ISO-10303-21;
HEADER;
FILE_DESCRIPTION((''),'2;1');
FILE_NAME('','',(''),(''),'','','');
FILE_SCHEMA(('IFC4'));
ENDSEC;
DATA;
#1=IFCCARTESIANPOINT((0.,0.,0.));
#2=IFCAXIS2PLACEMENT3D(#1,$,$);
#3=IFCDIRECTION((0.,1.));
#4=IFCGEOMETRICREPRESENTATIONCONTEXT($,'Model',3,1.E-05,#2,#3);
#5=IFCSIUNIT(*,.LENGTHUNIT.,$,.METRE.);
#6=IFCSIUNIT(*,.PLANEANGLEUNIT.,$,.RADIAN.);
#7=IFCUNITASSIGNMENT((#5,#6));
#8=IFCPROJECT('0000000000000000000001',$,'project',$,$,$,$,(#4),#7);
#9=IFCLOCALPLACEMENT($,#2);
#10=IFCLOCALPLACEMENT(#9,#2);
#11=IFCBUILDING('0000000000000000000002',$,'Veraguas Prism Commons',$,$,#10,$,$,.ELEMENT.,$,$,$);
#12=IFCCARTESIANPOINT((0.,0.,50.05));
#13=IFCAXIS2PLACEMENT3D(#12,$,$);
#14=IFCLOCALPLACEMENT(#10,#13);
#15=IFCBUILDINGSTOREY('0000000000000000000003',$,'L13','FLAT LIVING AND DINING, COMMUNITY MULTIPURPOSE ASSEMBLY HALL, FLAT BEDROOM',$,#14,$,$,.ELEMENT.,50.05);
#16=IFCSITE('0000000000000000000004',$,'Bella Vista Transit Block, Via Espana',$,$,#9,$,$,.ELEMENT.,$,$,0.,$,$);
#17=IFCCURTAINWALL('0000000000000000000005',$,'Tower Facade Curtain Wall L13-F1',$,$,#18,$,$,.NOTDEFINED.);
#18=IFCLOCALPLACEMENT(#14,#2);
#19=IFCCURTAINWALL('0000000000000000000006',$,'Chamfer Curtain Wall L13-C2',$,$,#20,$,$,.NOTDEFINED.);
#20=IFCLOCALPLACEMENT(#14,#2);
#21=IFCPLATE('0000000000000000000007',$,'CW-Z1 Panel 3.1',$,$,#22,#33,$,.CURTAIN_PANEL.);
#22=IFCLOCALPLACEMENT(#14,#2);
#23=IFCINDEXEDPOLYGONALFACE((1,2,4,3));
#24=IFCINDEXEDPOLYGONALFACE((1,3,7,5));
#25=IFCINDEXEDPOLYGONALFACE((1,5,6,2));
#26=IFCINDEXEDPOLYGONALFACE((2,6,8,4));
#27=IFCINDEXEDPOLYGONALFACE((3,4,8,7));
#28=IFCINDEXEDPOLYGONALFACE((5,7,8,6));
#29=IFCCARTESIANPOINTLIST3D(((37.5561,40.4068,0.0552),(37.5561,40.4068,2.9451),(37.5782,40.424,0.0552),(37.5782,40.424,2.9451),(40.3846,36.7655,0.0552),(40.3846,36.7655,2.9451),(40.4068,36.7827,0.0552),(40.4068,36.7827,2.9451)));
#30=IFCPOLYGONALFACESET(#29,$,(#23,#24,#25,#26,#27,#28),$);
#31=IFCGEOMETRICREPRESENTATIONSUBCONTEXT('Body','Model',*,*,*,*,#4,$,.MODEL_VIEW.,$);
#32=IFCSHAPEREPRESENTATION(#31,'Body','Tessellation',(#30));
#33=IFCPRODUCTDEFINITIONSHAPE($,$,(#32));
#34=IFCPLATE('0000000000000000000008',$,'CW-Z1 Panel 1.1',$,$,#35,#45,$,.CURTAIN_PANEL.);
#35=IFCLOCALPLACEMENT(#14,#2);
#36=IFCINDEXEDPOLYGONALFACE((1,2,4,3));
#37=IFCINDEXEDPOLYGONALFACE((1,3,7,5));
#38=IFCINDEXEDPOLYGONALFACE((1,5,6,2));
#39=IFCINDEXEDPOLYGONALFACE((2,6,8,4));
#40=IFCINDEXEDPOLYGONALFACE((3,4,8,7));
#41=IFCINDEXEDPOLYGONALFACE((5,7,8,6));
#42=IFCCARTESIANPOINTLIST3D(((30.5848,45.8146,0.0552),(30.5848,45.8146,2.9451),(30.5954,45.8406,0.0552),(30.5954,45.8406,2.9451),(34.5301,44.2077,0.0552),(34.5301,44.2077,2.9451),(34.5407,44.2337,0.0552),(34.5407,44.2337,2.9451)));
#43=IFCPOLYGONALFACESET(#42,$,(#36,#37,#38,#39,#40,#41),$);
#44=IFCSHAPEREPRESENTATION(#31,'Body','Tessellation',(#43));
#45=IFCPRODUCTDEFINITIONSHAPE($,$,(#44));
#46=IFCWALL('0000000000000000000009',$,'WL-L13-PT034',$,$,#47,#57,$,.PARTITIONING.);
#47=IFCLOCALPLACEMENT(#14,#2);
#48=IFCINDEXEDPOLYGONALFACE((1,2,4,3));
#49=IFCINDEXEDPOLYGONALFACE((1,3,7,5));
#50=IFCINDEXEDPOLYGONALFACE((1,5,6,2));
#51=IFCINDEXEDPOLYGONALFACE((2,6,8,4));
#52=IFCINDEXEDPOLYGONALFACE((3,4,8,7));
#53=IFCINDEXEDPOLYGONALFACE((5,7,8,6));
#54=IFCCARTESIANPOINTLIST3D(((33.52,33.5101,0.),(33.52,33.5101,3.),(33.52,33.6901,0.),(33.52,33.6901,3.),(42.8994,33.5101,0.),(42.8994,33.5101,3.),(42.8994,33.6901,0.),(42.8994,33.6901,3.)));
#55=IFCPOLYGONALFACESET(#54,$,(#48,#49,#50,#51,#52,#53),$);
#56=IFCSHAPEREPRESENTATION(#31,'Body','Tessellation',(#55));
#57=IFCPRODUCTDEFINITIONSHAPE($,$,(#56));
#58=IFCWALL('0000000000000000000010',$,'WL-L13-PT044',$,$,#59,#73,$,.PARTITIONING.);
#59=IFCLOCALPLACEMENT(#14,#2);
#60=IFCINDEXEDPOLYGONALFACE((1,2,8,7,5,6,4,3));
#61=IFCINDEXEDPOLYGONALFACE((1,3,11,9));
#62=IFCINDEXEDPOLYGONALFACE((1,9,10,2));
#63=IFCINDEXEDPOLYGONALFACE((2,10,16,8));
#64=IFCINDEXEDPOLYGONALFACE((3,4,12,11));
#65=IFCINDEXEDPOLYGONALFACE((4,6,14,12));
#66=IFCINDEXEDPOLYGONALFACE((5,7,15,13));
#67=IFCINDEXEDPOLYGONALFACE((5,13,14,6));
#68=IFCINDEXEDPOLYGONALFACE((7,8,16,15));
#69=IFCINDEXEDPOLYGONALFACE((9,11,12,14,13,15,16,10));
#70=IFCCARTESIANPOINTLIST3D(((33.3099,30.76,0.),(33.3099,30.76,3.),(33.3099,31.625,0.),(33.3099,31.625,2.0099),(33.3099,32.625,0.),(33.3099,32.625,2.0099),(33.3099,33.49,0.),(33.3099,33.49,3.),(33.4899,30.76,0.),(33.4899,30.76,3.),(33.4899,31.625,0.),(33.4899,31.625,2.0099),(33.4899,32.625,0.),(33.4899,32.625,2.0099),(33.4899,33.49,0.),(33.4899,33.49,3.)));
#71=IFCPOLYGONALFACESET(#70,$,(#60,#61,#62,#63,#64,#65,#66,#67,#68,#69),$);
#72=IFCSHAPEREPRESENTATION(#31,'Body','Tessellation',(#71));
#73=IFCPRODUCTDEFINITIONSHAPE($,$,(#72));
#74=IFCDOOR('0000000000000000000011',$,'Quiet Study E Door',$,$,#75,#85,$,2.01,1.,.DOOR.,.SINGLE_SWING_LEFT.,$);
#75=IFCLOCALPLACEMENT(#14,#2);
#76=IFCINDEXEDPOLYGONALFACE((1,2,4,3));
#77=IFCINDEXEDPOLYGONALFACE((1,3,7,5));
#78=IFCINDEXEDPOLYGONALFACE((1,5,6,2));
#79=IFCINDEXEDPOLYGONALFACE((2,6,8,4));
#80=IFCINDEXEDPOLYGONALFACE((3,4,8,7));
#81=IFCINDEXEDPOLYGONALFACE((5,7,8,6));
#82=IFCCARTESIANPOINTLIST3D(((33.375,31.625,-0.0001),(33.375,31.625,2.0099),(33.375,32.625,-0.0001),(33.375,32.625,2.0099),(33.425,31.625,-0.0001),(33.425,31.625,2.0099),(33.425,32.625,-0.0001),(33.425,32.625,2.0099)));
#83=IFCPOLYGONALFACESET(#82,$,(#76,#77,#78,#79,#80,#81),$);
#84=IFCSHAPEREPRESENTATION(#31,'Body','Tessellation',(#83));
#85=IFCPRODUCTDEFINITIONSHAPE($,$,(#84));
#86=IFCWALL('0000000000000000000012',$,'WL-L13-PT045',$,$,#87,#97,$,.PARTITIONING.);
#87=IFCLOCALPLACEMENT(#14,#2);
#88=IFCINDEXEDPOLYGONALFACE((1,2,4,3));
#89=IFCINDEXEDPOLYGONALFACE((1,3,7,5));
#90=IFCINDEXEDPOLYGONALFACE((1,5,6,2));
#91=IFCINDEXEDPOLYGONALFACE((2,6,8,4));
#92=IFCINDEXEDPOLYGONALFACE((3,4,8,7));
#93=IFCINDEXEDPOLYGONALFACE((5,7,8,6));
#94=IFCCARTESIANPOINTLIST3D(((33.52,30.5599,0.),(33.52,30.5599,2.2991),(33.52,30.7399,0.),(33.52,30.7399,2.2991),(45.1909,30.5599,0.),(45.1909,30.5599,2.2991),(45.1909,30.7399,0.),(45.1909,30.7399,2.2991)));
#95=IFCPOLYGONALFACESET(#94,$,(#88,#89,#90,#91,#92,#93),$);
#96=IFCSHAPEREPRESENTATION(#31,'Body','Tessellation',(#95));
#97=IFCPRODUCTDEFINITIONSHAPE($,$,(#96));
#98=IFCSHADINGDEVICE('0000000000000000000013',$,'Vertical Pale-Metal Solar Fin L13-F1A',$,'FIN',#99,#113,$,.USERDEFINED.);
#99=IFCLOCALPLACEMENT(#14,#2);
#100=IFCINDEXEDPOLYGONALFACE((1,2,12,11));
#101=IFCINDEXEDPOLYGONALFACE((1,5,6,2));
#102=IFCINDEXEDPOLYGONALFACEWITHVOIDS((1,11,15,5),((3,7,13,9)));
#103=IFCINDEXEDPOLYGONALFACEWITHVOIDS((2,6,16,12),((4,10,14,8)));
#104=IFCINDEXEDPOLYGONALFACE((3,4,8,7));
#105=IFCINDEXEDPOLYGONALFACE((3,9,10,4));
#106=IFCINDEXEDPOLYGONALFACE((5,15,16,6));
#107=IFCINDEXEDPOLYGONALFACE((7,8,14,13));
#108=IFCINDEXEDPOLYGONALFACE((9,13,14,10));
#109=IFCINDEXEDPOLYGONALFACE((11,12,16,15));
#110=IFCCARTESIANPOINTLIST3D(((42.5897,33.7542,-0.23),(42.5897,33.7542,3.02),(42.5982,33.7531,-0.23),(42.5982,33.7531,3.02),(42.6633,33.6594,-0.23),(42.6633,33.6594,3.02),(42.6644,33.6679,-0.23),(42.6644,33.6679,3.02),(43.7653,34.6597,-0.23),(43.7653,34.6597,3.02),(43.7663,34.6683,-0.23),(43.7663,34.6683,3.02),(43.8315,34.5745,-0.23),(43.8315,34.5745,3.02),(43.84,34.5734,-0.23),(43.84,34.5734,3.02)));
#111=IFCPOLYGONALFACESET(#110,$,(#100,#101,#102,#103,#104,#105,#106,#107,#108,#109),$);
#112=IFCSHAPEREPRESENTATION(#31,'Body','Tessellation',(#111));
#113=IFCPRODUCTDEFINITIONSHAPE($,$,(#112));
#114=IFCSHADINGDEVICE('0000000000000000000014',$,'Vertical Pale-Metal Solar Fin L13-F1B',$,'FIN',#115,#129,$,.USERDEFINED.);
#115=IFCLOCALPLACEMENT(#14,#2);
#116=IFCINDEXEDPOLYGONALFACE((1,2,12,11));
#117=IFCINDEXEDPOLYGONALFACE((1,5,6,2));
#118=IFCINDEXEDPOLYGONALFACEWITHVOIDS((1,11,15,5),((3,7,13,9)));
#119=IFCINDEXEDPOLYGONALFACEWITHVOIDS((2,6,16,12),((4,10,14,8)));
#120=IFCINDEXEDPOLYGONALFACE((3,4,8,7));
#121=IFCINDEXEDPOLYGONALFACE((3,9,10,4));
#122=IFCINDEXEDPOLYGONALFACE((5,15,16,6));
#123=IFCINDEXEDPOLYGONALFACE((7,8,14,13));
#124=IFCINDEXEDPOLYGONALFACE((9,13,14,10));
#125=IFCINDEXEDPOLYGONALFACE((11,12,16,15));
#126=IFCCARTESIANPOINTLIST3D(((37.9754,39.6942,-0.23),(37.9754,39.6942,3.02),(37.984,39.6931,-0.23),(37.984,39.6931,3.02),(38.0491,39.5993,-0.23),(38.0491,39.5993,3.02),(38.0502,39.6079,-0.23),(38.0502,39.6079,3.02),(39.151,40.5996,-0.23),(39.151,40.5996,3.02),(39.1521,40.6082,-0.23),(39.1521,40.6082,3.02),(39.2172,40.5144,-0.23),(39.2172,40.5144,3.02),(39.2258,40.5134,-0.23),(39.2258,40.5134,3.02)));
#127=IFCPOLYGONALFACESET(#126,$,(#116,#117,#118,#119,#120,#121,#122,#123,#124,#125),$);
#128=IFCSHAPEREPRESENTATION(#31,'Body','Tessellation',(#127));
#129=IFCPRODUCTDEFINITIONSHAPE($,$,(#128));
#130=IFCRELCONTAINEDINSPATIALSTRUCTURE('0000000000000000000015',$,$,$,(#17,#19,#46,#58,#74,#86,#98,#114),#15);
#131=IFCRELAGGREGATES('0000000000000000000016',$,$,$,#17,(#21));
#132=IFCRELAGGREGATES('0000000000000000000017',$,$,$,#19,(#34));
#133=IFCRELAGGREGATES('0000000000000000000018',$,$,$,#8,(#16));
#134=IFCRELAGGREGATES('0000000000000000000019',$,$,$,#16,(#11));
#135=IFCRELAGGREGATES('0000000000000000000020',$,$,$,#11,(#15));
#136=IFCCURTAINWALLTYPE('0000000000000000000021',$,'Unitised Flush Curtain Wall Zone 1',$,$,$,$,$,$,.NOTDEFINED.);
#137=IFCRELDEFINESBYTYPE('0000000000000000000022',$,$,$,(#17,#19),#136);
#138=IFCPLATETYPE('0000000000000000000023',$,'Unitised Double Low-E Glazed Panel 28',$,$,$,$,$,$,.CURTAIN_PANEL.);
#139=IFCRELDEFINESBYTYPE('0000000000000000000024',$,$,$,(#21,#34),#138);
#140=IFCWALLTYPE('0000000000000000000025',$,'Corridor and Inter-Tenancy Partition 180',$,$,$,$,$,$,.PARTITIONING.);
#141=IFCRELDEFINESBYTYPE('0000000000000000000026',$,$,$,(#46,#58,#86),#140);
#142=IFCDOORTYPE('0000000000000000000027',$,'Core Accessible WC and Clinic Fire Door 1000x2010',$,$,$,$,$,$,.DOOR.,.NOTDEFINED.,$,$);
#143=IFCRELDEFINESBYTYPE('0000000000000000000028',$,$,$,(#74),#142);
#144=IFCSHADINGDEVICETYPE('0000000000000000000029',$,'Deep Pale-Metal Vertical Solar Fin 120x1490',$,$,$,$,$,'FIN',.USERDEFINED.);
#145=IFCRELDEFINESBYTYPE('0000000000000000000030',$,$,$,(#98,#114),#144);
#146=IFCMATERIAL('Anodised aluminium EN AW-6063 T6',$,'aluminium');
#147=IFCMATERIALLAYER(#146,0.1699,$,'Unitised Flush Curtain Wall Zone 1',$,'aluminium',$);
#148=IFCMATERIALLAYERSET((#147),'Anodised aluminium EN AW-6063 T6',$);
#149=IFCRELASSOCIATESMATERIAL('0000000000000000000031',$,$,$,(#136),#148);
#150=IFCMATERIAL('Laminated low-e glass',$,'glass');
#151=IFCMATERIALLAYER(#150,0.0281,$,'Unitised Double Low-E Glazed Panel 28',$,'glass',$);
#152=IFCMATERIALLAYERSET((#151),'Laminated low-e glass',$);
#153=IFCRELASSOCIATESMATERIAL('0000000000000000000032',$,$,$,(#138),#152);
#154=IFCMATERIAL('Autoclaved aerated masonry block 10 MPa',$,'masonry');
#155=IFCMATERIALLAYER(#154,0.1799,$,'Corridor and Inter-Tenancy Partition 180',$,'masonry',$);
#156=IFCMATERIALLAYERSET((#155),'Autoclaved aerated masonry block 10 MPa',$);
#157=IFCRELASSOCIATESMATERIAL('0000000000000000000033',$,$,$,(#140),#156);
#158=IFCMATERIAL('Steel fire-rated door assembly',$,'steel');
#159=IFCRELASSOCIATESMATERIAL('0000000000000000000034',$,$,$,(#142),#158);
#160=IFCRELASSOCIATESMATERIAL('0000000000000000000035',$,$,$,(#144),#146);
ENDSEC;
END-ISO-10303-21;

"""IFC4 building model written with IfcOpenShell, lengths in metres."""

from ifc_helpers import new_model, si_unit, direction, frame, frame_2d, origin, origin_2d, place, context, subcontext, project, spatial, rectangle, hollow_rectangle, extrude, source, transform, mapped, material, layer, layer_set, material_profile, profile_set, type_object, element, fill, aggregate, save


model = new_model("IFC4")

# Units and contexts
model_context = context("Model", 3, precision=1e-05, world=origin(), true_north=direction((0.0, 1.0)))
body_context = subcontext(model_context, "Body", "Model", "MODEL_VIEW")
ifc_project = project(units=[si_unit("LENGTHUNIT", "METRE"), si_unit("PLANEANGLEUNIT", "RADIAN")], contexts=[model_context])

# Site, building, storey
site_placement = place(None, origin())
site = spatial("IfcSite", under=ifc_project, at=site_placement, Name="Bella Vista Transit Block, Via Espana", CompositionType="ELEMENT", RefElevation=0.0)
building_placement = place(site_placement, origin())
building = spatial("IfcBuilding", under=site, at=building_placement, Name="Veraguas Prism Commons", CompositionType="ELEMENT")
storey_placement = place(building_placement, frame((0.0, 0.0, 50.05)))
storey = spatial("IfcBuildingStorey", under=building, at=storey_placement, Name="L13", Description="FLAT LIVING AND DINING, COMMUNITY MULTIPURPOSE ASSEMBLY HALL, FLAT BEDROOM", CompositionType="ELEMENT", Elevation=50.05)

# Curtain walls
ifc_material_1 = material(Name="Anodised aluminium EN AW-6063 T6", Category="aluminium")
ifc_layer_1 = layer(ifc_material_1, 0.1699, Name="Unitised Flush Curtain Wall Zone 1", Category="aluminium")
ifc_layer_set_1 = layer_set([ifc_layer_1], Name="Anodised aluminium EN AW-6063 T6")
curtain_wall_type = type_object("IfcCurtainWallType", Name="Unitised Flush Curtain Wall Zone 1", PredefinedType="NOTDEFINED", material=ifc_layer_set_1)
curtain_wall_1_placement = place(storey_placement, origin())
curtain_wall_1 = element("IfcCurtainWall", 1, at=curtain_wall_1_placement, inside=storey, type_object=curtain_wall_type, Name="Tower Facade Curtain Wall L13-F1", PredefinedType="NOTDEFINED")
curtain_wall_2_placement = place(storey_placement, origin())
curtain_wall_2 = element("IfcCurtainWall", 2, at=curtain_wall_2_placement, inside=storey, type_object=curtain_wall_type, Name="Chamfer Curtain Wall L13-C2", PredefinedType="NOTDEFINED")

# Plates
ifc_material_2 = material(Name="Laminated low-e glass", Category="glass")
ifc_layer_2 = layer(ifc_material_2, 0.0281, Name="Unitised Double Low-E Glazed Panel 28", Category="glass")
ifc_layer_set_2 = layer_set([ifc_layer_2], Name="Laminated low-e glass")
plate_type = type_object("IfcPlateType", Name="Unitised Double Low-E Glazed Panel 28", PredefinedType="CURTAIN_PANEL", material=ifc_layer_set_2)
shared_shape_1 = source(origin(), body_context, "Body", "SweptSolid", [
    extrude(rectangle(XDim=4.6108, YDim=0.0281, at=origin_2d()), origin(), (0.0, 0.0, 1.0), 2.8899),
])
plate_1_placement = place(storey_placement, frame((38.9814, 38.5947, 0.0552), z_axis=(0.0, 0.0, 1.0), x_axis=(-0.613461, 0.789725, 0.0)))
plate_1 = element("IfcPlate", 3, at=plate_1_placement, type_object=plate_type, Name="CW-Z1 Panel 3.1", PredefinedType="CURTAIN_PANEL", context=body_context, shape_type="MappedRepresentation", body=[
    mapped(shared_shape_1, transform((0.0, 0.0, 0.0), scale=1.0)),
])
aggregate(curtain_wall_1, [plate_1])
shared_shape_2 = source(origin(), body_context, "Body", "SweptSolid", [
    extrude(rectangle(XDim=4.26, YDim=0.0281, at=origin_2d()), origin(), (0.0, 0.0, 1.0), 2.8899),
])
plate_2_placement = place(storey_placement, frame((32.5627, 45.0242, 0.0552), z_axis=(0.0, 0.0, 1.0), x_axis=(-0.926125, 0.377217, 0.0)))
plate_2 = element("IfcPlate", 4, at=plate_2_placement, type_object=plate_type, Name="CW-Z1 Panel 1.1", PredefinedType="CURTAIN_PANEL", context=body_context, shape_type="MappedRepresentation", body=[
    mapped(shared_shape_2, transform((0.0, 0.0, 0.0), scale=1.0)),
])
aggregate(curtain_wall_2, [plate_2])

# Wall
ifc_material_3 = material(Name="Autoclaved aerated masonry block 10 MPa", Category="masonry")
ifc_layer_3 = layer(ifc_material_3, 0.1799, Name="Corridor and Inter-Tenancy Partition 180", Category="masonry")
ifc_layer_set_3 = layer_set([ifc_layer_3], Name="Autoclaved aerated masonry block 10 MPa")
wall_type = type_object("IfcWallType", Name="Corridor and Inter-Tenancy Partition 180", PredefinedType="PARTITIONING", material=ifc_layer_set_3)
wall_1_placement = place(storey_placement, frame((33.52, 33.6001, 0.0), z_axis=(0.0, 0.0, 1.0), x_axis=(1.0, 0.0, 0.0)))
element("IfcWall", 5, at=wall_1_placement, inside=storey, type_object=wall_type, Name="WL-L13-PT034", PredefinedType="PARTITIONING", context=body_context, shape_type="SweptSolid", body=[
    extrude(rectangle(XDim=9.3794, YDim=0.1799, at=frame_2d((4.6897, 0.0))), origin(), (0.0, 0.0, 1.0), 3.0),
])

# Wall, opening, door
wall_2_placement = place(storey_placement, frame((33.3999, 30.76, 0.0), z_axis=(0.0, 0.0, 1.0), x_axis=(0.0, 1.0, 0.0)))
wall_2 = element("IfcWall", 6, at=wall_2_placement, inside=storey, type_object=wall_type, Name="WL-L13-PT044", PredefinedType="PARTITIONING", context=body_context, shape_type="SweptSolid", body=[
    extrude(rectangle(XDim=2.73, YDim=0.1799, at=frame_2d((1.365, 0.0))), origin(), (0.0, 0.0, 1.0), 3.0),
])
opening_placement = place(wall_2_placement, frame((0.865, 0.0, 0.0)))
opening = element("IfcOpeningElement", 7, at=opening_placement, cuts=wall_2, PredefinedType="OPENING", context=body_context, shape_type="SweptSolid", body=[
    extrude(rectangle(XDim=1.0, YDim=2.01, at=frame_2d((0.5, 1.0049))), frame((0.0, 0.0999, 0.0), z_axis=(0.0, -1.0, 0.0), x_axis=(1.0, 0.0, 0.0)), (0.0, 0.0, 1.0), 0.2),
])
ifc_material_4 = material(Name="Steel fire-rated door assembly", Category="steel")
door_type = type_object("IfcDoorType", Name="Core Accessible WC and Clinic Fire Door 1000x2010", OperationType="NOTDEFINED", PredefinedType="DOOR", material=ifc_material_4)
shared_shape_3 = source(origin(), body_context, "Body", "SweptSolid", [
    extrude(rectangle(XDim=1.0, YDim=2.01, at=frame_2d((0.5, 1.0049))), frame((0.0, 0.0249, 0.0), z_axis=(0.0, -1.0, 0.0), x_axis=(1.0, 0.0, 0.0)), (0.0, 0.0, 1.0), 0.05),
])
door_placement = place(opening_placement, origin())
door = element("IfcDoor", 8, at=door_placement, inside=storey, type_object=door_type, Name="Quiet Study E Door", OperationType="SINGLE_SWING_LEFT", OverallHeight=2.01, OverallWidth=1.0, PredefinedType="DOOR", context=body_context, shape_type="MappedRepresentation", body=[
    mapped(shared_shape_3, transform((0.0, 0.0, 0.0), scale=1.0)),
])
fill(opening, door)

# Wall
wall_3_placement = place(storey_placement, frame((33.52, 30.6499, 0.0), z_axis=(0.0, 0.0, 1.0), x_axis=(1.0, 0.0, 0.0)))
element("IfcWall", 9, at=wall_3_placement, inside=storey, type_object=wall_type, Name="WL-L13-PT045", PredefinedType="PARTITIONING", context=body_context, shape_type="SweptSolid", body=[
    extrude(rectangle(XDim=11.6709, YDim=0.1799, at=frame_2d((5.8354, 0.0))), origin(), (0.0, 0.0, 1.0), 2.2991),
])

# Shading devices
ifc_material_profile_1 = material_profile(ifc_material_1, hollow_rectangle(XDim=0.1201, YDim=1.49, WallThickness=0.0061, at=origin_2d()), Name="FIN120X1490X6")
ifc_profile_set_1 = profile_set([ifc_material_profile_1], Name="Anodised aluminium EN AW-6063 T6")
shading_device_type = type_object("IfcShadingDeviceType", Name="Deep Pale-Metal Vertical Solar Fin 120x1490", ElementType="FIN", PredefinedType="USERDEFINED", material=ifc_profile_set_1)
for number, where, z_axis, x_axis, name in (
    (10, (43.2148, 34.1638, -0.23), (0.0, 0.0, 1.0), (-0.61346, 0.789726, 0.0), "Vertical Pale-Metal Solar Fin L13-F1A"),
    (11, (38.6006, 40.1038, -0.23), (0.0, 0.0, 1.0), (-0.61346, 0.789726, 0.0), "Vertical Pale-Metal Solar Fin L13-F1B"),
):
    element("IfcShadingDevice", number, at=place(storey_placement, frame(where, z_axis=z_axis, x_axis=x_axis)), inside=storey, type_object=shading_device_type, Name=name, ObjectType="FIN", PredefinedType="USERDEFINED", context=body_context, shape_type="SweptSolid", body=[
        extrude(hollow_rectangle(XDim=0.1201, YDim=1.49, WallThickness=0.0061, at=origin_2d()), origin(), (0.0, 0.0, 1.0), 3.25),
    ])

save(model, "model.ifc")
